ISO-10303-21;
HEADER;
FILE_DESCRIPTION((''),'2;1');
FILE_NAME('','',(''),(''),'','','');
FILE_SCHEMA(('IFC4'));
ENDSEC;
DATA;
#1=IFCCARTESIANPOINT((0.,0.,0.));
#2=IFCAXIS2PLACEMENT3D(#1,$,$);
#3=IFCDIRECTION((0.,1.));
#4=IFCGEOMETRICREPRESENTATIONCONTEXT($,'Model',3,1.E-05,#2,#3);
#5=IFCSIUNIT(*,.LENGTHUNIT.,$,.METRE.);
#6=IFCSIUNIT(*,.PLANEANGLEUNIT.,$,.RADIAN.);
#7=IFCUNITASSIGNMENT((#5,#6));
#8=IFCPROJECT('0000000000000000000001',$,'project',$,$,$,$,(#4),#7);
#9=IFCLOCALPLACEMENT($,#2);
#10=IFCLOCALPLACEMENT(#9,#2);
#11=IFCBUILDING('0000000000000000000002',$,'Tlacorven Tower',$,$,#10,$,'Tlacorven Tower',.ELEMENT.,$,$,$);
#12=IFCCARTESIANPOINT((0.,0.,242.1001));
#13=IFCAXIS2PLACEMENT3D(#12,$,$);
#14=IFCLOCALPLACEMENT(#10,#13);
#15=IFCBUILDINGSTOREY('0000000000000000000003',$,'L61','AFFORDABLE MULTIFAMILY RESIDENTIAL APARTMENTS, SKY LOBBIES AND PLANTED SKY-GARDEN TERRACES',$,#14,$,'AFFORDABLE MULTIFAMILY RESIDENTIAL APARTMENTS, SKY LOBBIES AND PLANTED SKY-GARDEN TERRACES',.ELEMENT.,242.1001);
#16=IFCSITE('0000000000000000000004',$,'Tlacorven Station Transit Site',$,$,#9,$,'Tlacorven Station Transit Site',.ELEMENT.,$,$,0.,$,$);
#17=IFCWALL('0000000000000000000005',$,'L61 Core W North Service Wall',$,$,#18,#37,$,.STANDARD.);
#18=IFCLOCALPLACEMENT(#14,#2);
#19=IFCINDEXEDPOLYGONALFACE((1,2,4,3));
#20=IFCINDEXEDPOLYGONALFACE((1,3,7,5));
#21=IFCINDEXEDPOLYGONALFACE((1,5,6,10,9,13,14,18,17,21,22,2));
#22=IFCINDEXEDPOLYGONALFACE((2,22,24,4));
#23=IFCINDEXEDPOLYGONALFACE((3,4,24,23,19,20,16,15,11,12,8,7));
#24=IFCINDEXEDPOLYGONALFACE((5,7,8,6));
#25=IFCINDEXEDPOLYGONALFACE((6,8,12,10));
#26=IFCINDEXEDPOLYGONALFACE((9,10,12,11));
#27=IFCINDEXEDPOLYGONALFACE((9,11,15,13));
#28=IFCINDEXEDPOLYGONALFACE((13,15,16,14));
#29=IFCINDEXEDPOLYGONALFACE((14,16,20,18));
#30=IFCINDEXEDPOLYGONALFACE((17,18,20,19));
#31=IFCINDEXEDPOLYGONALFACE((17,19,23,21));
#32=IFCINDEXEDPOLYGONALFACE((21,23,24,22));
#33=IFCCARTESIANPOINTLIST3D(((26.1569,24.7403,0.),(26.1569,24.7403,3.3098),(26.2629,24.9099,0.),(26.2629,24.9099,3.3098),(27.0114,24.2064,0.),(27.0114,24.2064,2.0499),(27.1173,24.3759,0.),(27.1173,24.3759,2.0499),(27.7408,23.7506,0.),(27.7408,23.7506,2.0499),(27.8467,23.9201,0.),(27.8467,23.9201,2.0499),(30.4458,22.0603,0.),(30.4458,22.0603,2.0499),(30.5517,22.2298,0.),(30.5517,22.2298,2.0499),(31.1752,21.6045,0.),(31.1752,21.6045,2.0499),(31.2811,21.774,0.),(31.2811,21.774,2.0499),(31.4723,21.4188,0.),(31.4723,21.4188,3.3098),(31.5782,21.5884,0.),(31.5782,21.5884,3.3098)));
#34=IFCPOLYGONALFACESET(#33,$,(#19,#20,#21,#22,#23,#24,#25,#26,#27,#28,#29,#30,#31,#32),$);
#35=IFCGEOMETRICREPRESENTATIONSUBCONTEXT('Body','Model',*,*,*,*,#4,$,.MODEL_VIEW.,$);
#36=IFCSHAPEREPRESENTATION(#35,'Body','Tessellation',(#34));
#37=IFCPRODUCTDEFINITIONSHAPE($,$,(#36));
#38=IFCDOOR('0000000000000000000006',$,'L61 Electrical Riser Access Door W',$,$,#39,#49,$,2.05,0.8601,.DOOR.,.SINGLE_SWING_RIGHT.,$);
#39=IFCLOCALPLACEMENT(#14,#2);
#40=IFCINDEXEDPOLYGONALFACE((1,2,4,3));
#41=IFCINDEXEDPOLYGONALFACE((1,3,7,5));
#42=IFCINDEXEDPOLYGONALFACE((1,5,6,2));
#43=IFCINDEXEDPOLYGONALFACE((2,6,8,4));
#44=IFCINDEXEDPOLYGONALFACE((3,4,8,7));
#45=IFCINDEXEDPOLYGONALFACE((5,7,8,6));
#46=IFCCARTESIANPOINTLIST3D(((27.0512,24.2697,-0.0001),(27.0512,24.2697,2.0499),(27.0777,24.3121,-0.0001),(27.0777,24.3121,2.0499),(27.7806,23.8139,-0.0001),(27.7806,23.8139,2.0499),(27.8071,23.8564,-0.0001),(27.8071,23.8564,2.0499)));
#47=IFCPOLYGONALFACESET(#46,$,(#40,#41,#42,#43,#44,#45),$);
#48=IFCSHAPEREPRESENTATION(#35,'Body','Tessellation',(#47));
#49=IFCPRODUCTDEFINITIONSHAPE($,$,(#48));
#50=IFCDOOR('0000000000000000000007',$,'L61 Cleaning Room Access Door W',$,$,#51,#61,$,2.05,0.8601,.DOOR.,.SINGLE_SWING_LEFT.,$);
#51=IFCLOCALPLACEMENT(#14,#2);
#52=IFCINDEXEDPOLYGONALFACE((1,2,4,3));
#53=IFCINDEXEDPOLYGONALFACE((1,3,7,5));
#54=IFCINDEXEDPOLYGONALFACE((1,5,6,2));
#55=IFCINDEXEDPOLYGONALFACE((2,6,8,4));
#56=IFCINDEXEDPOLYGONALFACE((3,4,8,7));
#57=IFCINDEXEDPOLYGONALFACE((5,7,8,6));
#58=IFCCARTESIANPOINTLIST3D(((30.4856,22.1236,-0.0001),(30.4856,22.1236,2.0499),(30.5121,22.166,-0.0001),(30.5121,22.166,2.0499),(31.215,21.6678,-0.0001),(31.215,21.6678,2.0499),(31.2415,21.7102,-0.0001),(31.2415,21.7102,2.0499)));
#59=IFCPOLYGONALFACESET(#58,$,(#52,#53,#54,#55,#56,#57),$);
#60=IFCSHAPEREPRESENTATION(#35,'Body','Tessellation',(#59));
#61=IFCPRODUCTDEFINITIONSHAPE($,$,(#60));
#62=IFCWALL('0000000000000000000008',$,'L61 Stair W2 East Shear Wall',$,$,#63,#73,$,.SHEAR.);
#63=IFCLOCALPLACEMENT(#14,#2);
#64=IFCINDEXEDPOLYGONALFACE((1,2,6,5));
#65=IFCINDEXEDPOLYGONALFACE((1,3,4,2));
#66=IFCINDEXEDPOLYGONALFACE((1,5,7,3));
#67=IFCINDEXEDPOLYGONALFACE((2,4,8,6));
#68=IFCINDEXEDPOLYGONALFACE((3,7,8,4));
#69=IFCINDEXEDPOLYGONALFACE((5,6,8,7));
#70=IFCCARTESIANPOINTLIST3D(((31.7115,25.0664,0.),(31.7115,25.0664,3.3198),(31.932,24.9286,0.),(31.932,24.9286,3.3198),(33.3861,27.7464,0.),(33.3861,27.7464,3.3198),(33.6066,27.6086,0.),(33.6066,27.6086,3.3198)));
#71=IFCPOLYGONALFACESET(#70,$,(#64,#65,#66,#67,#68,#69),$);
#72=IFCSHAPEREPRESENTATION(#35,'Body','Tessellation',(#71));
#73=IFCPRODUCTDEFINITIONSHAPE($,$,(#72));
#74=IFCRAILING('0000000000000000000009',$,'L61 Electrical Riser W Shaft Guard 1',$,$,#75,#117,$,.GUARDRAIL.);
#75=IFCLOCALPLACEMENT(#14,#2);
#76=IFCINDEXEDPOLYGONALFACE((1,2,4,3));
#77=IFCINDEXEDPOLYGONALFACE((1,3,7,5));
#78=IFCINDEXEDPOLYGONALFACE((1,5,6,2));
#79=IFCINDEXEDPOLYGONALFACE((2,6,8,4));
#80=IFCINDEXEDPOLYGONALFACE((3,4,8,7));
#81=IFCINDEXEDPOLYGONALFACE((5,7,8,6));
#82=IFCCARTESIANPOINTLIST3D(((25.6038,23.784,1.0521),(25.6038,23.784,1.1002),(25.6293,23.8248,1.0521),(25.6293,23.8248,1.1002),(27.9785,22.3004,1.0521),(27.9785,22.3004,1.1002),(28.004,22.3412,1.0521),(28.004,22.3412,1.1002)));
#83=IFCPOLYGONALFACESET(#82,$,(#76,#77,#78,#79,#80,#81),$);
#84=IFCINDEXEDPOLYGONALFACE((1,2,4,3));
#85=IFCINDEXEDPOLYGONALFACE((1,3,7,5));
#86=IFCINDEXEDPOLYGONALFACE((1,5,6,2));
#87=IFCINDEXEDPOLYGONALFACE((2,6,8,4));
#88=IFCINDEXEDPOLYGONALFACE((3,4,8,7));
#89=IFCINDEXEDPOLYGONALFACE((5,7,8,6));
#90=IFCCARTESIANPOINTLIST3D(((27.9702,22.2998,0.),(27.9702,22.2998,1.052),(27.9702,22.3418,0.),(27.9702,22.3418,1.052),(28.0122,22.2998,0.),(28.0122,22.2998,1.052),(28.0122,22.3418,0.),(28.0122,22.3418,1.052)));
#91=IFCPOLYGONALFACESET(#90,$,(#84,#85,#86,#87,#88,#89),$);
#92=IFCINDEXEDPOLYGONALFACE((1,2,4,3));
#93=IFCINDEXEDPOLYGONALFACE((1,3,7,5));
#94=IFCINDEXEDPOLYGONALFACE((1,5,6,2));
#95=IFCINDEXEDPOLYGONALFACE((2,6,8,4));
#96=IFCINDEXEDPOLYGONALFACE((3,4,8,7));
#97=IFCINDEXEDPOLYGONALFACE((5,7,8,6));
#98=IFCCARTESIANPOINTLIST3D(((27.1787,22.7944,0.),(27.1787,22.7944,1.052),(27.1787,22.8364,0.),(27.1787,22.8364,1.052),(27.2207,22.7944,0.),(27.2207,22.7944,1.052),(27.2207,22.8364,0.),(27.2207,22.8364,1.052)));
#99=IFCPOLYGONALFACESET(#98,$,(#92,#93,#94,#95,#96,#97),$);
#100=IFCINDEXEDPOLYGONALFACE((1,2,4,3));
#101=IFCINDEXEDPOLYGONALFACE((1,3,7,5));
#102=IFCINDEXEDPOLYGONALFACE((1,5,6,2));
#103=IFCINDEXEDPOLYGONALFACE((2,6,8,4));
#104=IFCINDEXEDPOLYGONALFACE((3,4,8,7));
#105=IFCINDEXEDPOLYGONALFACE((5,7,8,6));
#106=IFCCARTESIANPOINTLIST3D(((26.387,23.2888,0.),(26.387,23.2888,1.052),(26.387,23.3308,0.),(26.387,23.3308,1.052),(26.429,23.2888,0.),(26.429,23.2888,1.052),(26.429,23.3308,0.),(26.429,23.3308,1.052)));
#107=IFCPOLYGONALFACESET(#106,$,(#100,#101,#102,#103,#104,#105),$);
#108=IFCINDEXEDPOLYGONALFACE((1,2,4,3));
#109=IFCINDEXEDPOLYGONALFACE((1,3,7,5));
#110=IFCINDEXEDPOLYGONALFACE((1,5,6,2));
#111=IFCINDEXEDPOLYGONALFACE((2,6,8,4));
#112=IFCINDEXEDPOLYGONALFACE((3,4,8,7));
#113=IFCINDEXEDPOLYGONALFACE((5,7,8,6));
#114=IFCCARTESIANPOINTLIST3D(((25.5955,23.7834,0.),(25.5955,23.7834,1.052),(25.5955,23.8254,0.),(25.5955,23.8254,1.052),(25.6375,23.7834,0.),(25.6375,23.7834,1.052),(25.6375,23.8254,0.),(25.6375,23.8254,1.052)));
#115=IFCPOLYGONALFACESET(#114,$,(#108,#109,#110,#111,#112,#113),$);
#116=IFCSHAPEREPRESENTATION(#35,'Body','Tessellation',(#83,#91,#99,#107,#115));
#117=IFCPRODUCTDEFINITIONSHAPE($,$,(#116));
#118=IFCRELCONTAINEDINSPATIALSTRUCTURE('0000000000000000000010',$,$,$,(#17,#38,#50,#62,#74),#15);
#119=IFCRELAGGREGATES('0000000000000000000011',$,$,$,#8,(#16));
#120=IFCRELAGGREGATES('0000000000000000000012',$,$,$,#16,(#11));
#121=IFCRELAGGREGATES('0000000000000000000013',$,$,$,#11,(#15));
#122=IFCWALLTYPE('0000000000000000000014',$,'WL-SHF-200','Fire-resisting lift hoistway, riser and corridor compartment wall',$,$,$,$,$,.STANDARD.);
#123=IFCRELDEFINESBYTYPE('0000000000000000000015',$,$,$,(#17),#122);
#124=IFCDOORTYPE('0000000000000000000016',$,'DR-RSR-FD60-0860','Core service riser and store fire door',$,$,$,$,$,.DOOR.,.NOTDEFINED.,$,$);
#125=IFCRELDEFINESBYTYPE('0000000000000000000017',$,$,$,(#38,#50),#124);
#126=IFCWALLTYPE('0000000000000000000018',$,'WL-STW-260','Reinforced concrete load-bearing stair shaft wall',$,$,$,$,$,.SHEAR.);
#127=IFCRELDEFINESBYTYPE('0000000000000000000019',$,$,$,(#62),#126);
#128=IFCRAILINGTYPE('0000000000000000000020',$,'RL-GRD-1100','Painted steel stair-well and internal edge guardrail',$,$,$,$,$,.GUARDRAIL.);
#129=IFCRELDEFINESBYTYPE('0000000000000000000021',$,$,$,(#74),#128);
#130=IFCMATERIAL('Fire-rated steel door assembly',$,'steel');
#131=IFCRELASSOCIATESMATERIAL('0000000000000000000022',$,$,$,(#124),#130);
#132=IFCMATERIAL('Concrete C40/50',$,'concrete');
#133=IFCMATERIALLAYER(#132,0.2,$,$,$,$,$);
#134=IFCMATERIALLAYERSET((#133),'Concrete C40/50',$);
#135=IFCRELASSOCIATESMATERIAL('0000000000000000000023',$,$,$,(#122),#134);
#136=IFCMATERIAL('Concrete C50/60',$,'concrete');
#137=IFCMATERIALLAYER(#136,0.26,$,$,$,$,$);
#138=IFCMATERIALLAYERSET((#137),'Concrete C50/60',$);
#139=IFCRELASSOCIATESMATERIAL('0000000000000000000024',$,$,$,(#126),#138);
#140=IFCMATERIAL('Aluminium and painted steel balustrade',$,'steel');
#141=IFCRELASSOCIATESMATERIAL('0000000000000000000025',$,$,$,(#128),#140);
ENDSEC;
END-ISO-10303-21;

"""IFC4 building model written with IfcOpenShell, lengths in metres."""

from ifc_helpers import new_model, si_unit, direction, frame, frame_2d, origin, origin_2d, place, context, subcontext, project, spatial, rectangle, extrude, source, transform, mapped, material, layer, layer_set, type_object, element, fill, save


model = new_model("IFC4")

# Units and contexts
model_context = context("Model", 3, precision=1e-05, world=origin(), true_north=direction((0.0, 1.0)))
body_context = subcontext(model_context, "Body", "Model", "MODEL_VIEW")
ifc_project = project(units=[si_unit("LENGTHUNIT", "METRE"), si_unit("PLANEANGLEUNIT", "RADIAN")], contexts=[model_context])

# Site, building, storey
site_placement = place(None, origin())
site = spatial("IfcSite", under=ifc_project, at=site_placement, Name="Tlacorven Station Transit Site", LongName="Tlacorven Station Transit Site", CompositionType="ELEMENT", RefElevation=0.0)
building_placement = place(site_placement, origin())
building = spatial("IfcBuilding", under=site, at=building_placement, Name="Tlacorven Tower", LongName="Tlacorven Tower", CompositionType="ELEMENT")
storey_placement = place(building_placement, frame((0.0, 0.0, 242.1001)))
storey = spatial("IfcBuildingStorey", under=building, at=storey_placement, Name="L61", Description="AFFORDABLE MULTIFAMILY RESIDENTIAL APARTMENTS, SKY LOBBIES AND PLANTED SKY-GARDEN TERRACES", LongName="AFFORDABLE MULTIFAMILY RESIDENTIAL APARTMENTS, SKY LOBBIES AND PLANTED SKY-GARDEN TERRACES", CompositionType="ELEMENT", Elevation=242.1001)

# Shared definitions
ifc_material_1 = material(Name="Fire-rated steel door assembly", Category="steel")
door_type_1 = type_object("IfcDoorType", Name="DR-RSR-FD60-0860", Description="Core service riser and store fire door", OperationType="NOTDEFINED", PredefinedType="DOOR", material=ifc_material_1)
shared_shape_1 = source(origin(), body_context, "Body", "SweptSolid", [
    extrude(rectangle(XDim=0.8601, YDim=2.05, at=frame_2d((0.4302, 1.0249))), frame((0.0, 0.0249, 0.0), z_axis=(0.0, -1.0, 0.0), x_axis=(1.0, 0.0, 0.0)), (0.0, 0.0, 1.0), 0.05),
])

# Shared definitions
ifc_material_2 = material(Name="Concrete C40/50", Category="concrete")
ifc_layer_1 = layer(ifc_material_2, 0.2)
ifc_layer_set_1 = layer_set([ifc_layer_1], Name="Concrete C40/50")
wall_type_1 = type_object("IfcWallType", Name="WL-SHF-200", Description="Fire-resisting lift hoistway, riser and corridor compartment wall", PredefinedType="STANDARD", material=ifc_layer_set_1)

# Wall, openings, doors
wall_1_placement = place(storey_placement, frame((31.5251, 21.5037, 0.0), z_axis=(0.0, 0.0, 1.0), x_axis=(-0.848042, 0.529929, 0.0)))
wall_1 = element("IfcWall", 1, at=wall_1_placement, inside=storey, type_object=wall_type_1, Name="L61 Core W North Service Wall", PredefinedType="STANDARD", context=body_context, shape_type="SweptSolid", body=[
    extrude(rectangle(XDim=6.2678, YDim=0.2, at=frame_2d((3.1338, 0.0))), origin(), (0.0, 0.0, 1.0), 3.3098),
])
opening_1_placement = place(wall_1_placement, frame((4.3999, 0.0, 0.0)))
opening_1 = element("IfcOpeningElement", 2, at=opening_1_placement, cuts=wall_1, PredefinedType="OPENING", context=body_context, shape_type="SweptSolid", body=[
    extrude(rectangle(XDim=0.8601, YDim=2.05, at=frame_2d((0.4302, 1.0249))), frame((0.0, 0.1099, 0.0), z_axis=(0.0, -1.0, 0.0), x_axis=(1.0, 0.0, 0.0)), (0.0, 0.0, 1.0), 0.22),
])
opening_2_placement = place(wall_1_placement, frame((0.3501, 0.0, 0.0)))
opening_2 = element("IfcOpeningElement", 3, at=opening_2_placement, cuts=wall_1, PredefinedType="OPENING", context=body_context, shape_type="SweptSolid", body=[
    extrude(rectangle(XDim=0.8601, YDim=2.05, at=frame_2d((0.4302, 1.0249))), frame((0.0, 0.1099, 0.0), z_axis=(0.0, -1.0, 0.0), x_axis=(1.0, 0.0, 0.0)), (0.0, 0.0, 1.0), 0.22),
])
door_1_placement = place(opening_1_placement, frame((0.8601, 0.0, 0.0), z_axis=(0.0, 0.0, 1.0), x_axis=(-1.0, 0.0, 0.0)))
door_1 = element("IfcDoor", 4, at=door_1_placement, inside=storey, type_object=door_type_1, Name="L61 Electrical Riser Access Door W", OperationType="SINGLE_SWING_RIGHT", OverallHeight=2.05, OverallWidth=0.8601, PredefinedType="DOOR", context=body_context, shape_type="MappedRepresentation", body=[
    mapped(shared_shape_1, transform((0.0, 0.0, 0.0), scale=1.0)),
])
fill(opening_1, door_1)
door_2_placement = place(opening_2_placement, frame((0.8601, 0.0, 0.0), z_axis=(0.0, 0.0, 1.0), x_axis=(-1.0, 0.0, 0.0)))
door_2 = element("IfcDoor", 5, at=door_2_placement, inside=storey, type_object=door_type_1, Name="L61 Cleaning Room Access Door W", OperationType="SINGLE_SWING_LEFT", OverallHeight=2.05, OverallWidth=0.8601, PredefinedType="DOOR", context=body_context, shape_type="MappedRepresentation", body=[
    mapped(shared_shape_1, transform((0.0, 0.0, 0.0), scale=1.0)),
])
fill(opening_2, door_2)

# Wall
ifc_material_3 = material(Name="Concrete C50/60", Category="concrete")
ifc_layer_2 = layer(ifc_material_3, 0.26)
ifc_layer_set_2 = layer_set([ifc_layer_2], Name="Concrete C50/60")
wall_type_2 = type_object("IfcWallType", Name="WL-STW-260", Description="Reinforced concrete load-bearing stair shaft wall", PredefinedType="SHEAR", material=ifc_layer_set_2)
wall_2_placement = place(storey_placement, frame((33.4963, 27.6775, 0.0), z_axis=(0.0, 0.0, 1.0), x_axis=(-0.529909, -0.848055, 0.0)))
element("IfcWall", 6, at=wall_2_placement, inside=storey, type_object=wall_type_2, Name="L61 Stair W2 East Shear Wall", PredefinedType="SHEAR", context=body_context, shape_type="SweptSolid", body=[
    extrude(rectangle(XDim=3.1602, YDim=0.26, at=frame_2d((1.5801, 0.0))), origin(), (0.0, 0.0, 1.0), 3.3198),
])

# Railing
ifc_material_4 = material(Name="Aluminium and painted steel balustrade", Category="steel")
railing_type = type_object("IfcRailingType", Name="RL-GRD-1100", Description="Painted steel stair-well and internal edge guardrail", PredefinedType="GUARDRAIL", material=ifc_material_4)
shared_shape_2 = source(origin(), body_context, "Body", "SweptSolid", [
    extrude(rectangle(XDim=0.0481, YDim=0.0481, at=origin_2d()), frame((0.0, 0.0, 1.0762), z_axis=(-0.848091, 0.52985, 0.0), x_axis=(-0.52985, -0.848091, 0.0)), (0.0, 0.0, 1.0), 2.8),
    extrude(rectangle(XDim=0.042, YDim=0.042, at=origin_2d()), origin(), (0.0, 0.0, 1.0), 1.052),
    extrude(rectangle(XDim=0.042, YDim=0.042, at=origin_2d()), frame((-0.7915, 0.4946, 0.0)), (0.0, 0.0, 1.0), 1.052),
    extrude(rectangle(XDim=0.042, YDim=0.042, at=origin_2d()), frame((-1.5833, 0.989, 0.0)), (0.0, 0.0, 1.0), 1.052),
    extrude(rectangle(XDim=0.042, YDim=0.042, at=origin_2d()), frame((-2.3748, 1.4836, 0.0)), (0.0, 0.0, 1.0), 1.052),
])
railing_placement = place(storey_placement, frame((27.9912, 22.3208, 0.0)))
element("IfcRailing", 7, at=railing_placement, inside=storey, type_object=railing_type, Name="L61 Electrical Riser W Shaft Guard 1", PredefinedType="GUARDRAIL", context=body_context, shape_type="MappedRepresentation", body=[
    mapped(shared_shape_2, transform((0.0, 0.0, 0.0), scale=1.0)),
])

save(model, "model.ifc")
